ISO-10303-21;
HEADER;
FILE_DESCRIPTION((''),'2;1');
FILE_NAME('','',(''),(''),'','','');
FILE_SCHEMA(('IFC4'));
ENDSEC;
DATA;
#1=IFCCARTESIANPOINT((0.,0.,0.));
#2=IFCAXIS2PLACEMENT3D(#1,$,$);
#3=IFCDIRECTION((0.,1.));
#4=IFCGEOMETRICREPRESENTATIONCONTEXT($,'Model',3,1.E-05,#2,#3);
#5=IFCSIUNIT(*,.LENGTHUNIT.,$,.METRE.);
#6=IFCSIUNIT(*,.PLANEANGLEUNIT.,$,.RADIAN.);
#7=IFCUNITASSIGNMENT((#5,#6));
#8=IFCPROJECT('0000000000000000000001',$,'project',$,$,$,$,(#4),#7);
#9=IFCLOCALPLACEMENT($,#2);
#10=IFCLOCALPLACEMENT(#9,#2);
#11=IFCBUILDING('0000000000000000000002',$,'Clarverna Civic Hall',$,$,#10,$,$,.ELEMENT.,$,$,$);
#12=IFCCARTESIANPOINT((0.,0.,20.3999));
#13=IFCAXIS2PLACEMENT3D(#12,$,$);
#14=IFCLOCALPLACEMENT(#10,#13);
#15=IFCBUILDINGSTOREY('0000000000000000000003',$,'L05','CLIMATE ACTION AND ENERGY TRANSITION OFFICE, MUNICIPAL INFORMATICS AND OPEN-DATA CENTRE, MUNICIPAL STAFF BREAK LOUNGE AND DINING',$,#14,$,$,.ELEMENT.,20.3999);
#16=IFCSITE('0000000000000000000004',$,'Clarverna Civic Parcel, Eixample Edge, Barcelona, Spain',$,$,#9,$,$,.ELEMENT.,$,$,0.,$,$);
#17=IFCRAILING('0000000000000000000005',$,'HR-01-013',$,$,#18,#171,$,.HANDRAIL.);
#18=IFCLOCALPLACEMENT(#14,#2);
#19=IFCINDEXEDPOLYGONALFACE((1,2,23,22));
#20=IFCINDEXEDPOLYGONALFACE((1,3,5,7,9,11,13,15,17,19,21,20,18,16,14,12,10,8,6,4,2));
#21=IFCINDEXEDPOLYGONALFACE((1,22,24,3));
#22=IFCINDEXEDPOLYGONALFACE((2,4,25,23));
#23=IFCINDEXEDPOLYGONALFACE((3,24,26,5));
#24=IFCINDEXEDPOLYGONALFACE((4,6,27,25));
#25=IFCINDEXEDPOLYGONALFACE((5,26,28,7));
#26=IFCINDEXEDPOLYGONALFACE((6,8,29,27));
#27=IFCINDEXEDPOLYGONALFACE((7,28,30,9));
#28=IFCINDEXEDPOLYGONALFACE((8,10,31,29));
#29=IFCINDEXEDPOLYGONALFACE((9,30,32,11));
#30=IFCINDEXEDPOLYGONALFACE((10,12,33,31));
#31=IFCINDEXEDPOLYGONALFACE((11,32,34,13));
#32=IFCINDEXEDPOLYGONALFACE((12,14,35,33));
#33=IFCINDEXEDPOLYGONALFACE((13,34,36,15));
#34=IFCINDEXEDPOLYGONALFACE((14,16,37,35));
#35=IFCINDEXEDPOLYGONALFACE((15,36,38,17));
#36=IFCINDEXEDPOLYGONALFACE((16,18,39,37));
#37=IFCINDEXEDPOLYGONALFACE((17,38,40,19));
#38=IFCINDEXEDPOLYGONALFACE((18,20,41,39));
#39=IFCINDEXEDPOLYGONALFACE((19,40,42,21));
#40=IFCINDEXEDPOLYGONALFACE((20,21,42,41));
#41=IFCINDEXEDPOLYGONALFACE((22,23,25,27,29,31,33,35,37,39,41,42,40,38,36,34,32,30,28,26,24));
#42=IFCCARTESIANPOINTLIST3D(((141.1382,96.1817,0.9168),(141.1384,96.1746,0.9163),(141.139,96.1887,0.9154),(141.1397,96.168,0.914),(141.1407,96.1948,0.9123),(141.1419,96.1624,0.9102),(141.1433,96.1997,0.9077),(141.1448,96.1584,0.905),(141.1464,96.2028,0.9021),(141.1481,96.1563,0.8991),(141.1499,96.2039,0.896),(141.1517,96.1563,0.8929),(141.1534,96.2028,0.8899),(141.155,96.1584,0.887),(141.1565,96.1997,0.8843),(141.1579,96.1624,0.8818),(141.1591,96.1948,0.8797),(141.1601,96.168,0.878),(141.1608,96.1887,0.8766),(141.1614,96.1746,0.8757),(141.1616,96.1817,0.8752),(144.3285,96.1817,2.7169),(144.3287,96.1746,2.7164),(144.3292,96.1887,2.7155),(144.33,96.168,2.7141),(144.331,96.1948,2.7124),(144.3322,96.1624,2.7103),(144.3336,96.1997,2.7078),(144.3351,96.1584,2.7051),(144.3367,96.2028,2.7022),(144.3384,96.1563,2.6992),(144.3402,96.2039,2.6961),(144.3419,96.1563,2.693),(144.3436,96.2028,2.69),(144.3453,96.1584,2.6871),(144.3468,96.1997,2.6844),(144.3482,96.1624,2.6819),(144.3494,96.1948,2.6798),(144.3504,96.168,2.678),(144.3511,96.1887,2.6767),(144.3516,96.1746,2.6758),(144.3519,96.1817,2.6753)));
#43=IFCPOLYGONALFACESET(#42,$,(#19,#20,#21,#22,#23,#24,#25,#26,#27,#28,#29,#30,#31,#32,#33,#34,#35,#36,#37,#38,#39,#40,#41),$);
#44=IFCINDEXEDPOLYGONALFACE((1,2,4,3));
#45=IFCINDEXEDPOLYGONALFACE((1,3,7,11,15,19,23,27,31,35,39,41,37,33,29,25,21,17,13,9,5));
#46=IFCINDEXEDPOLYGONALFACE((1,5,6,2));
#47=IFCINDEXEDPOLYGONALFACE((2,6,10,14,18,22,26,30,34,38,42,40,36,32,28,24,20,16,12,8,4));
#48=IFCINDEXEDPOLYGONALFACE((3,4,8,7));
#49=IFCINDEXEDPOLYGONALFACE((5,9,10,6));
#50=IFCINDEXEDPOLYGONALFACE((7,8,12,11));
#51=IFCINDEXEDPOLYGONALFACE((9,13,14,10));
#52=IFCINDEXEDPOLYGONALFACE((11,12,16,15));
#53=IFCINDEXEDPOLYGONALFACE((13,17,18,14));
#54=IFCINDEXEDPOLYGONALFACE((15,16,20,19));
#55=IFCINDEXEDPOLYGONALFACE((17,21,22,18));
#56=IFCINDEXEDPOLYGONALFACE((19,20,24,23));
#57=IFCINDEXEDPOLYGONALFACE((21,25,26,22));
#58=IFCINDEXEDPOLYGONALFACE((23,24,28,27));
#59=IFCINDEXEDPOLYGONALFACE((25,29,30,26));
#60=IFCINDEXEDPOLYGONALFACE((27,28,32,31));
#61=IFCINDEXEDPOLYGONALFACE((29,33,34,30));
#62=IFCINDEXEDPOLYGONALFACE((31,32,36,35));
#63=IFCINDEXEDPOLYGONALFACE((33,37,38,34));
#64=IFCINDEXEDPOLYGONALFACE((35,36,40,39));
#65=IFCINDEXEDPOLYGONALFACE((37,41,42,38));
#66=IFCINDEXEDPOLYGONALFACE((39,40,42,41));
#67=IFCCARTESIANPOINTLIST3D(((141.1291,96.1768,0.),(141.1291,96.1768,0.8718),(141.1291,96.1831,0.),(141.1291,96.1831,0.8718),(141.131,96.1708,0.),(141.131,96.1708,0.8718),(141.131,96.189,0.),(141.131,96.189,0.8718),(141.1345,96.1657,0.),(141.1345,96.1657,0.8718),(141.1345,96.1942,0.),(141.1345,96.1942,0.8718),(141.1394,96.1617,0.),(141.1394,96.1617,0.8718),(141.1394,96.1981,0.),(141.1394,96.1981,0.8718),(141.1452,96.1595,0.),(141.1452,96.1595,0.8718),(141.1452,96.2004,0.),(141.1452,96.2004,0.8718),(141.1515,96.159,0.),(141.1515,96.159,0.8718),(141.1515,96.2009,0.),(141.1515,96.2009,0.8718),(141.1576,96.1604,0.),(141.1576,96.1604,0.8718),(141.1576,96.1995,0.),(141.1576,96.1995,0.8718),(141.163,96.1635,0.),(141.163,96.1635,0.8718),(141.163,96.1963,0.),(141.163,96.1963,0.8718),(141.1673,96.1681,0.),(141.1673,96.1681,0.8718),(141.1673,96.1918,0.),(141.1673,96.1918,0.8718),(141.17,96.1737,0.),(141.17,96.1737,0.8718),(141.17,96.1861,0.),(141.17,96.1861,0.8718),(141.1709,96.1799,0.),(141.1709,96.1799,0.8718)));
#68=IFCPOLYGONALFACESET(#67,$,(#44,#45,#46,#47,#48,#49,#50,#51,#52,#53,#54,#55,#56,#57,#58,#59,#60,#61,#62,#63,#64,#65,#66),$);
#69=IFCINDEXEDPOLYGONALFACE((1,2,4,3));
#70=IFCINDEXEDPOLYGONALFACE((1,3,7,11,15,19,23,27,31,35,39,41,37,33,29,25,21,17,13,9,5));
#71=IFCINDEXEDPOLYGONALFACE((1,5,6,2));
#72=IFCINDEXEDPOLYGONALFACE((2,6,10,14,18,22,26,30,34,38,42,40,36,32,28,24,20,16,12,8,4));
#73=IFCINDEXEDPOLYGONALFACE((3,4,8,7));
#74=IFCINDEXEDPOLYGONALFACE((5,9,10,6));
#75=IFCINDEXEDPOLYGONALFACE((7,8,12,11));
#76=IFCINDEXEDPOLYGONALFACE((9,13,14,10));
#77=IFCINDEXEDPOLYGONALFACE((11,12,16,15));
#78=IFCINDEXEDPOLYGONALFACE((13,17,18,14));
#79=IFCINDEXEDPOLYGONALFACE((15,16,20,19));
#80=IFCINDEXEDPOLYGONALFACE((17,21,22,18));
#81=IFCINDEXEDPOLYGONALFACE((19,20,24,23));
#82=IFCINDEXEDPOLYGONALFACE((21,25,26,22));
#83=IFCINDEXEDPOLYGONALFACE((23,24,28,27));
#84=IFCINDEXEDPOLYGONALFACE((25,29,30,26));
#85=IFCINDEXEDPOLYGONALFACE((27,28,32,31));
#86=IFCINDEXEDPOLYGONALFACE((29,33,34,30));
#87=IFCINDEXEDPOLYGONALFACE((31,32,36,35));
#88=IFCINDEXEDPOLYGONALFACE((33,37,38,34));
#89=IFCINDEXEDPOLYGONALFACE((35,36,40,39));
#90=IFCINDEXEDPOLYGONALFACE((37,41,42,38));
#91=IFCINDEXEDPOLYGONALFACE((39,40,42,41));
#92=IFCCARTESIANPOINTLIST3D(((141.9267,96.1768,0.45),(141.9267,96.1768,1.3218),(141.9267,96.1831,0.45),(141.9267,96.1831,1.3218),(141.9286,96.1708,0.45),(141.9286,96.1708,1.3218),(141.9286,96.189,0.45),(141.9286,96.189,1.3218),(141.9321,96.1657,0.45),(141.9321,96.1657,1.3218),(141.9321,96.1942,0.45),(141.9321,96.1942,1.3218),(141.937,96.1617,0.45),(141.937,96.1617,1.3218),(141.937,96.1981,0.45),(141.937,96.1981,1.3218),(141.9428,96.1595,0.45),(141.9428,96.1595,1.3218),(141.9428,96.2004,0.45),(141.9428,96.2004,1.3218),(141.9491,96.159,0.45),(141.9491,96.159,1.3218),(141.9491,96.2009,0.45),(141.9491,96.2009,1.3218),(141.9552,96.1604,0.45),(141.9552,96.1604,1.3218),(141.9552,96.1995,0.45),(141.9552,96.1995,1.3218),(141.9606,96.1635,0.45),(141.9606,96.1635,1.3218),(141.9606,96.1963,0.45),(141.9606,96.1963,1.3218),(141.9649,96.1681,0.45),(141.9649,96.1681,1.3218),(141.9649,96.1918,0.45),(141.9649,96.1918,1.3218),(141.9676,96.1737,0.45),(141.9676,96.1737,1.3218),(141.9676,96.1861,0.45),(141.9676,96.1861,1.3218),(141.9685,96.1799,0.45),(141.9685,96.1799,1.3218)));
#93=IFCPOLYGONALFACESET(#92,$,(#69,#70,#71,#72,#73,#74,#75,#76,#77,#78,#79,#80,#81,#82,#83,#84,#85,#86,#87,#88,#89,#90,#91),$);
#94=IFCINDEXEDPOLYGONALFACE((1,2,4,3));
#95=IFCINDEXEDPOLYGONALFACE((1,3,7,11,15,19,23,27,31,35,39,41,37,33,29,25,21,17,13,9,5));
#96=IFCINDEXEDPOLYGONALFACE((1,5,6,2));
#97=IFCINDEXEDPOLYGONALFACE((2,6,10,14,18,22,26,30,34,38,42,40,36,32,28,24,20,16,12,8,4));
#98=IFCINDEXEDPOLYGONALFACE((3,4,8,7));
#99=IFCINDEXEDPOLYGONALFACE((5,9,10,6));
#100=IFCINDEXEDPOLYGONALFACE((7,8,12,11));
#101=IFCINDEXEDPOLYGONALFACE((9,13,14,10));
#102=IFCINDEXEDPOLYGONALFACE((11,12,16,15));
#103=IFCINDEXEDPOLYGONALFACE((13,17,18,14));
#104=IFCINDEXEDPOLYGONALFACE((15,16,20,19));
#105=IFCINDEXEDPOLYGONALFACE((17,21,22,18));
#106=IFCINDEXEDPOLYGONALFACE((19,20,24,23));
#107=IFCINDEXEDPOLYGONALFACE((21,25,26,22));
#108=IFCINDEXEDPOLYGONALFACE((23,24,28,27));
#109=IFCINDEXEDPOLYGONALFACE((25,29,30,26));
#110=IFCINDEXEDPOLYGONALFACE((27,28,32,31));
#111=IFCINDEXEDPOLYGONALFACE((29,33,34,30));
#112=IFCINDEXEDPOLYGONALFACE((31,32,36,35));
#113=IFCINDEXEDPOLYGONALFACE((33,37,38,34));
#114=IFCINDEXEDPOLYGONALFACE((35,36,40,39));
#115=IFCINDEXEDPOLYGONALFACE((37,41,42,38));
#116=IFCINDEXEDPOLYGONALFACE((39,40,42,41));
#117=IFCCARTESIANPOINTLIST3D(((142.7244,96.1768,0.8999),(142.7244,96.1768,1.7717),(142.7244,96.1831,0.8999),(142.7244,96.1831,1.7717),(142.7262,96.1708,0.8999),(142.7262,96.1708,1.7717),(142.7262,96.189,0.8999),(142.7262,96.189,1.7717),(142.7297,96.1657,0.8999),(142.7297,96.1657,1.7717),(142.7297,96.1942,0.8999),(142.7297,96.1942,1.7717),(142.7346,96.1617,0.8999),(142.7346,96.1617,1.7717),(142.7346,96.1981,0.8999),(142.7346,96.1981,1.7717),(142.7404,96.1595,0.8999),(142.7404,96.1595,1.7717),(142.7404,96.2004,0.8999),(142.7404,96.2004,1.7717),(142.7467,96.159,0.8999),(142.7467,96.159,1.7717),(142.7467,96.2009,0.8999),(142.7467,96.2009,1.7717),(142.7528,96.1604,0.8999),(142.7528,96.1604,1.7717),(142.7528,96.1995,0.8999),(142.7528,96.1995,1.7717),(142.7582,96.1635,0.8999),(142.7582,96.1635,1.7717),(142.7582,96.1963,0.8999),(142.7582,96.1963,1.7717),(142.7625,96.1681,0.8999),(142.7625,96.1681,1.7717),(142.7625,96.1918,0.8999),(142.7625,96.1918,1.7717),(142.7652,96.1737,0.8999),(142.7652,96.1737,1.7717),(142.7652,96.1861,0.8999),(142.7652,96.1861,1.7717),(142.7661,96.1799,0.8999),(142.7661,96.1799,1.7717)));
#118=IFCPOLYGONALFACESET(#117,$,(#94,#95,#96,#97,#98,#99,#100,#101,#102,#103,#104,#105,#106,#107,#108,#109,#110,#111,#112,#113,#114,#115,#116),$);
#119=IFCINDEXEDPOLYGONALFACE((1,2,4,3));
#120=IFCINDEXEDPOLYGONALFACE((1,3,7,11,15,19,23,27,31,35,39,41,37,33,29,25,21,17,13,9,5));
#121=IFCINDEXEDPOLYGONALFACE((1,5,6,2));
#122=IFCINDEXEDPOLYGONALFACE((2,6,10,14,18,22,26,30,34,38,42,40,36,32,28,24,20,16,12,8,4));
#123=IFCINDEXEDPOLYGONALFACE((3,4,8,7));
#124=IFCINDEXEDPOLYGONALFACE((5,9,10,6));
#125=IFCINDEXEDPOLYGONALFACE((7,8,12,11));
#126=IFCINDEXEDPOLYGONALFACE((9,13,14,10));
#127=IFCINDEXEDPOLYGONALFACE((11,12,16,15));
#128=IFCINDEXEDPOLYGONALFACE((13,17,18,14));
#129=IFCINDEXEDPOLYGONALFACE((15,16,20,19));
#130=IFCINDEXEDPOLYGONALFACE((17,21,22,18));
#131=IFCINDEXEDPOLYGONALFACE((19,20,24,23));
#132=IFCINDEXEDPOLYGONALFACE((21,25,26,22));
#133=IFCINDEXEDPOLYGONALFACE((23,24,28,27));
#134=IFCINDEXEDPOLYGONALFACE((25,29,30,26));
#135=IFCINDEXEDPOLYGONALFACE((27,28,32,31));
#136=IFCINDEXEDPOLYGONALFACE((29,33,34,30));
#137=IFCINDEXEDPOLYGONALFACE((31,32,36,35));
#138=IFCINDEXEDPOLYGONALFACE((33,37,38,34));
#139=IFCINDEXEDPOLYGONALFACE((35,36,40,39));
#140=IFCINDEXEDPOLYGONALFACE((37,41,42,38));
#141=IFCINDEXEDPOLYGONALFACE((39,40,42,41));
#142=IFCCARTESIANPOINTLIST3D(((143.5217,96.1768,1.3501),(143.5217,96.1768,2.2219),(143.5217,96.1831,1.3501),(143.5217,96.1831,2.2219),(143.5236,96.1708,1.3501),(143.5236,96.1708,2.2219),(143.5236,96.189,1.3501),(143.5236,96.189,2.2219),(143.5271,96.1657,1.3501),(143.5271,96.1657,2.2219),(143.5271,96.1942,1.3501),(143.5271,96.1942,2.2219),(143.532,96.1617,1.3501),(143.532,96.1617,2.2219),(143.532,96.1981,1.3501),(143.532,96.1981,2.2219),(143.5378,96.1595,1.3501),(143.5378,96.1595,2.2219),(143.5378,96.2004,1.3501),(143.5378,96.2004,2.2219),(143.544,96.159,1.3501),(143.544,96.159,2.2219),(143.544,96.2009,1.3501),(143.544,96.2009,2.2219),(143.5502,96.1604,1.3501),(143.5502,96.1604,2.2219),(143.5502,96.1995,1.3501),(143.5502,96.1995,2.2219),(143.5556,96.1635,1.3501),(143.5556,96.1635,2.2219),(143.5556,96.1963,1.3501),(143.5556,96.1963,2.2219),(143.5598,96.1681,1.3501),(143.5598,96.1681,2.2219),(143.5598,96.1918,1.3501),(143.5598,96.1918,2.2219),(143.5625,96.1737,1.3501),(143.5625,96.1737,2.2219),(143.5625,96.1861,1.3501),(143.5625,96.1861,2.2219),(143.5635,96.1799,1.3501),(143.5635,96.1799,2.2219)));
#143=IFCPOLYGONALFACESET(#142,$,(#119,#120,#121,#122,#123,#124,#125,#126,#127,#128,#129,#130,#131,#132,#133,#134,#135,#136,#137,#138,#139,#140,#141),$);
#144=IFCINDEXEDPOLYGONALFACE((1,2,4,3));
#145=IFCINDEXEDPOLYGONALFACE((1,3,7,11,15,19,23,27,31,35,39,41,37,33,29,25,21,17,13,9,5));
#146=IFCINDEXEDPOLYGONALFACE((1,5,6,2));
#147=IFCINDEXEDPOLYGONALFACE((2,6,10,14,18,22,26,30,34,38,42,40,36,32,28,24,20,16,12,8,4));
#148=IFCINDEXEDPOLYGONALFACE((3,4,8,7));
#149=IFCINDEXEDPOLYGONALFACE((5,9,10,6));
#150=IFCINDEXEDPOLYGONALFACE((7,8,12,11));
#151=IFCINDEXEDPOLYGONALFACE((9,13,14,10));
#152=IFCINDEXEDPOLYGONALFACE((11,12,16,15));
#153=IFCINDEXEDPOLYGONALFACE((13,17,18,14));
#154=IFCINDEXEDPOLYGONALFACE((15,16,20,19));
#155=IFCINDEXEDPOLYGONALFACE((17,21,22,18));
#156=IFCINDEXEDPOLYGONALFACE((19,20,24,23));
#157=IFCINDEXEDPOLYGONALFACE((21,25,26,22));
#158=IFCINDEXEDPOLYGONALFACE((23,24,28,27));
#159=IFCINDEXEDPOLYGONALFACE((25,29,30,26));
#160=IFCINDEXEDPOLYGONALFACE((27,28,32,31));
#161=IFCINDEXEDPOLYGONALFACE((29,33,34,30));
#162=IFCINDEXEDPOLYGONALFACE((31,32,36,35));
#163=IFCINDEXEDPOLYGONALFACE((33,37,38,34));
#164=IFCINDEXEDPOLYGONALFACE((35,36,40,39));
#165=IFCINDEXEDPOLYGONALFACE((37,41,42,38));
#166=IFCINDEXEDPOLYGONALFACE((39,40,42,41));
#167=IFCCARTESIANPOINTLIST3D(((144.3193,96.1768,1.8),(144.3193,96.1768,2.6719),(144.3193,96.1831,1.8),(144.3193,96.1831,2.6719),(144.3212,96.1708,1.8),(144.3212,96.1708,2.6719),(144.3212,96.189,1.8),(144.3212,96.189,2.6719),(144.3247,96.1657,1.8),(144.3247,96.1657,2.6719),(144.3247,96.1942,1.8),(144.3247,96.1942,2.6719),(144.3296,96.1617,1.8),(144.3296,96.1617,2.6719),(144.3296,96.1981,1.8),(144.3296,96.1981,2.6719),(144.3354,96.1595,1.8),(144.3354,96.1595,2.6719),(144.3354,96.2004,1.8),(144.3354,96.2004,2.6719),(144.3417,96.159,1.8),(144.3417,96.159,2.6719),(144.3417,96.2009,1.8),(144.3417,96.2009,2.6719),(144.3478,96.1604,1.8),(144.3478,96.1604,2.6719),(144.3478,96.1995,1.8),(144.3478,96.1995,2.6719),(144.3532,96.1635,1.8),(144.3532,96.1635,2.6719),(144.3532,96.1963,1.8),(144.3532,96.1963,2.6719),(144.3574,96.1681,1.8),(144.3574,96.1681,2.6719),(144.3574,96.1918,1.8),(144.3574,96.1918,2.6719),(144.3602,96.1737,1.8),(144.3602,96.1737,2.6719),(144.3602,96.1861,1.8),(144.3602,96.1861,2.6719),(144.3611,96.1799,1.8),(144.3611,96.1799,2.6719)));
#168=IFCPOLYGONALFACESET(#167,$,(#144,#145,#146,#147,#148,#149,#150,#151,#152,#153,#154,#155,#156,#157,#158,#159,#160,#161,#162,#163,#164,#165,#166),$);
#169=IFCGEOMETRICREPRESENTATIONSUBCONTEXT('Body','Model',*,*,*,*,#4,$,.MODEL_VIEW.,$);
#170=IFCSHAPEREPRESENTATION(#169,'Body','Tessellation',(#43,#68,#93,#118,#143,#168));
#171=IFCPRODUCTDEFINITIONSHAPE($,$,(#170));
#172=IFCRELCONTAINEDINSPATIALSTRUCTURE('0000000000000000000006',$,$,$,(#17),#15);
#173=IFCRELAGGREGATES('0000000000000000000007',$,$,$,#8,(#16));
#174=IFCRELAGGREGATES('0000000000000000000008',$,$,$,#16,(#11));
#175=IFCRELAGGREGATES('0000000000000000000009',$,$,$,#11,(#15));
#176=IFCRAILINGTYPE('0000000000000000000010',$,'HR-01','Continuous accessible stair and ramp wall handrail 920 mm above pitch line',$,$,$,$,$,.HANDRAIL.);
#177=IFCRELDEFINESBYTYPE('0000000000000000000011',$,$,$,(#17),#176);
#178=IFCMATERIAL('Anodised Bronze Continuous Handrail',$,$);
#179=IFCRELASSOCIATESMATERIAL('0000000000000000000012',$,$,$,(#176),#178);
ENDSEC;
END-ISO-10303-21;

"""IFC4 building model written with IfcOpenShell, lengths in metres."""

from ifc_helpers import new_model, si_unit, direction, frame, origin, origin_2d, place, context, subcontext, project, spatial, circle, extrude, material, type_object, element, save


model = new_model("IFC4")

# Units and contexts
model_context = context("Model", 3, precision=1e-05, world=origin(), true_north=direction((0.0, 1.0)))
body_context = subcontext(model_context, "Body", "Model", "MODEL_VIEW")
ifc_project = project(units=[si_unit("LENGTHUNIT", "METRE"), si_unit("PLANEANGLEUNIT", "RADIAN")], contexts=[model_context])

# Site, building, storey
site_placement = place(None, origin())
site = spatial("IfcSite", under=ifc_project, at=site_placement, Name="Clarverna Civic Parcel, Eixample Edge, Barcelona, Spain", CompositionType="ELEMENT", RefElevation=0.0)
building_placement = place(site_placement, origin())
building = spatial("IfcBuilding", under=site, at=building_placement, Name="Clarverna Civic Hall", CompositionType="ELEMENT")
storey_placement = place(building_placement, frame((0.0, 0.0, 20.3999)))
storey = spatial("IfcBuildingStorey", under=building, at=storey_placement, Name="L05", Description="CLIMATE ACTION AND ENERGY TRANSITION OFFICE, MUNICIPAL INFORMATICS AND OPEN-DATA CENTRE, MUNICIPAL STAFF BREAK LOUNGE AND DINING", CompositionType="ELEMENT", Elevation=20.3999)

# Railing
ifc_material_1 = material(Name="Anodised Bronze Continuous Handrail")
railing_type_1 = type_object("IfcRailingType", Name="HR-01", Description="Continuous accessible stair and ramp wall handrail 920 mm above pitch line", PredefinedType="HANDRAIL", material=ifc_material_1)
railing_1_placement = place(storey_placement, frame((141.1499, 96.1799, 0.0)))
element("IfcRailing", 1, at=railing_1_placement, inside=storey, type_object=railing_type_1, Name="HR-01-013", PredefinedType="HANDRAIL", context=body_context, shape_type="SweptSolid", body=[
    extrude(circle(Radius=0.0239, at=origin_2d()), frame((0.0, 0.0, 0.896), z_axis=(0.870925, 0.0, 0.491416), x_axis=(0.0, 1.0, 0.0)), (0.0, 0.0, 1.0), 3.6631),
    extrude(circle(Radius=0.021, at=origin_2d()), origin(), (0.0, 0.0, 1.0), 0.8718),
    extrude(circle(Radius=0.021, at=origin_2d()), frame((0.7976, 0.0, 0.45)), (0.0, 0.0, 1.0), 0.8718),
    extrude(circle(Radius=0.021, at=origin_2d()), frame((1.5952, 0.0, 0.8999)), (0.0, 0.0, 1.0), 0.8718),
    extrude(circle(Radius=0.021, at=origin_2d()), frame((2.3926, 0.0, 1.3501)), (0.0, 0.0, 1.0), 0.8718),
    extrude(circle(Radius=0.021, at=origin_2d()), frame((3.1902, 0.0, 1.8)), (0.0, 0.0, 1.0), 0.8718),
])

save(model, "model.ifc")
